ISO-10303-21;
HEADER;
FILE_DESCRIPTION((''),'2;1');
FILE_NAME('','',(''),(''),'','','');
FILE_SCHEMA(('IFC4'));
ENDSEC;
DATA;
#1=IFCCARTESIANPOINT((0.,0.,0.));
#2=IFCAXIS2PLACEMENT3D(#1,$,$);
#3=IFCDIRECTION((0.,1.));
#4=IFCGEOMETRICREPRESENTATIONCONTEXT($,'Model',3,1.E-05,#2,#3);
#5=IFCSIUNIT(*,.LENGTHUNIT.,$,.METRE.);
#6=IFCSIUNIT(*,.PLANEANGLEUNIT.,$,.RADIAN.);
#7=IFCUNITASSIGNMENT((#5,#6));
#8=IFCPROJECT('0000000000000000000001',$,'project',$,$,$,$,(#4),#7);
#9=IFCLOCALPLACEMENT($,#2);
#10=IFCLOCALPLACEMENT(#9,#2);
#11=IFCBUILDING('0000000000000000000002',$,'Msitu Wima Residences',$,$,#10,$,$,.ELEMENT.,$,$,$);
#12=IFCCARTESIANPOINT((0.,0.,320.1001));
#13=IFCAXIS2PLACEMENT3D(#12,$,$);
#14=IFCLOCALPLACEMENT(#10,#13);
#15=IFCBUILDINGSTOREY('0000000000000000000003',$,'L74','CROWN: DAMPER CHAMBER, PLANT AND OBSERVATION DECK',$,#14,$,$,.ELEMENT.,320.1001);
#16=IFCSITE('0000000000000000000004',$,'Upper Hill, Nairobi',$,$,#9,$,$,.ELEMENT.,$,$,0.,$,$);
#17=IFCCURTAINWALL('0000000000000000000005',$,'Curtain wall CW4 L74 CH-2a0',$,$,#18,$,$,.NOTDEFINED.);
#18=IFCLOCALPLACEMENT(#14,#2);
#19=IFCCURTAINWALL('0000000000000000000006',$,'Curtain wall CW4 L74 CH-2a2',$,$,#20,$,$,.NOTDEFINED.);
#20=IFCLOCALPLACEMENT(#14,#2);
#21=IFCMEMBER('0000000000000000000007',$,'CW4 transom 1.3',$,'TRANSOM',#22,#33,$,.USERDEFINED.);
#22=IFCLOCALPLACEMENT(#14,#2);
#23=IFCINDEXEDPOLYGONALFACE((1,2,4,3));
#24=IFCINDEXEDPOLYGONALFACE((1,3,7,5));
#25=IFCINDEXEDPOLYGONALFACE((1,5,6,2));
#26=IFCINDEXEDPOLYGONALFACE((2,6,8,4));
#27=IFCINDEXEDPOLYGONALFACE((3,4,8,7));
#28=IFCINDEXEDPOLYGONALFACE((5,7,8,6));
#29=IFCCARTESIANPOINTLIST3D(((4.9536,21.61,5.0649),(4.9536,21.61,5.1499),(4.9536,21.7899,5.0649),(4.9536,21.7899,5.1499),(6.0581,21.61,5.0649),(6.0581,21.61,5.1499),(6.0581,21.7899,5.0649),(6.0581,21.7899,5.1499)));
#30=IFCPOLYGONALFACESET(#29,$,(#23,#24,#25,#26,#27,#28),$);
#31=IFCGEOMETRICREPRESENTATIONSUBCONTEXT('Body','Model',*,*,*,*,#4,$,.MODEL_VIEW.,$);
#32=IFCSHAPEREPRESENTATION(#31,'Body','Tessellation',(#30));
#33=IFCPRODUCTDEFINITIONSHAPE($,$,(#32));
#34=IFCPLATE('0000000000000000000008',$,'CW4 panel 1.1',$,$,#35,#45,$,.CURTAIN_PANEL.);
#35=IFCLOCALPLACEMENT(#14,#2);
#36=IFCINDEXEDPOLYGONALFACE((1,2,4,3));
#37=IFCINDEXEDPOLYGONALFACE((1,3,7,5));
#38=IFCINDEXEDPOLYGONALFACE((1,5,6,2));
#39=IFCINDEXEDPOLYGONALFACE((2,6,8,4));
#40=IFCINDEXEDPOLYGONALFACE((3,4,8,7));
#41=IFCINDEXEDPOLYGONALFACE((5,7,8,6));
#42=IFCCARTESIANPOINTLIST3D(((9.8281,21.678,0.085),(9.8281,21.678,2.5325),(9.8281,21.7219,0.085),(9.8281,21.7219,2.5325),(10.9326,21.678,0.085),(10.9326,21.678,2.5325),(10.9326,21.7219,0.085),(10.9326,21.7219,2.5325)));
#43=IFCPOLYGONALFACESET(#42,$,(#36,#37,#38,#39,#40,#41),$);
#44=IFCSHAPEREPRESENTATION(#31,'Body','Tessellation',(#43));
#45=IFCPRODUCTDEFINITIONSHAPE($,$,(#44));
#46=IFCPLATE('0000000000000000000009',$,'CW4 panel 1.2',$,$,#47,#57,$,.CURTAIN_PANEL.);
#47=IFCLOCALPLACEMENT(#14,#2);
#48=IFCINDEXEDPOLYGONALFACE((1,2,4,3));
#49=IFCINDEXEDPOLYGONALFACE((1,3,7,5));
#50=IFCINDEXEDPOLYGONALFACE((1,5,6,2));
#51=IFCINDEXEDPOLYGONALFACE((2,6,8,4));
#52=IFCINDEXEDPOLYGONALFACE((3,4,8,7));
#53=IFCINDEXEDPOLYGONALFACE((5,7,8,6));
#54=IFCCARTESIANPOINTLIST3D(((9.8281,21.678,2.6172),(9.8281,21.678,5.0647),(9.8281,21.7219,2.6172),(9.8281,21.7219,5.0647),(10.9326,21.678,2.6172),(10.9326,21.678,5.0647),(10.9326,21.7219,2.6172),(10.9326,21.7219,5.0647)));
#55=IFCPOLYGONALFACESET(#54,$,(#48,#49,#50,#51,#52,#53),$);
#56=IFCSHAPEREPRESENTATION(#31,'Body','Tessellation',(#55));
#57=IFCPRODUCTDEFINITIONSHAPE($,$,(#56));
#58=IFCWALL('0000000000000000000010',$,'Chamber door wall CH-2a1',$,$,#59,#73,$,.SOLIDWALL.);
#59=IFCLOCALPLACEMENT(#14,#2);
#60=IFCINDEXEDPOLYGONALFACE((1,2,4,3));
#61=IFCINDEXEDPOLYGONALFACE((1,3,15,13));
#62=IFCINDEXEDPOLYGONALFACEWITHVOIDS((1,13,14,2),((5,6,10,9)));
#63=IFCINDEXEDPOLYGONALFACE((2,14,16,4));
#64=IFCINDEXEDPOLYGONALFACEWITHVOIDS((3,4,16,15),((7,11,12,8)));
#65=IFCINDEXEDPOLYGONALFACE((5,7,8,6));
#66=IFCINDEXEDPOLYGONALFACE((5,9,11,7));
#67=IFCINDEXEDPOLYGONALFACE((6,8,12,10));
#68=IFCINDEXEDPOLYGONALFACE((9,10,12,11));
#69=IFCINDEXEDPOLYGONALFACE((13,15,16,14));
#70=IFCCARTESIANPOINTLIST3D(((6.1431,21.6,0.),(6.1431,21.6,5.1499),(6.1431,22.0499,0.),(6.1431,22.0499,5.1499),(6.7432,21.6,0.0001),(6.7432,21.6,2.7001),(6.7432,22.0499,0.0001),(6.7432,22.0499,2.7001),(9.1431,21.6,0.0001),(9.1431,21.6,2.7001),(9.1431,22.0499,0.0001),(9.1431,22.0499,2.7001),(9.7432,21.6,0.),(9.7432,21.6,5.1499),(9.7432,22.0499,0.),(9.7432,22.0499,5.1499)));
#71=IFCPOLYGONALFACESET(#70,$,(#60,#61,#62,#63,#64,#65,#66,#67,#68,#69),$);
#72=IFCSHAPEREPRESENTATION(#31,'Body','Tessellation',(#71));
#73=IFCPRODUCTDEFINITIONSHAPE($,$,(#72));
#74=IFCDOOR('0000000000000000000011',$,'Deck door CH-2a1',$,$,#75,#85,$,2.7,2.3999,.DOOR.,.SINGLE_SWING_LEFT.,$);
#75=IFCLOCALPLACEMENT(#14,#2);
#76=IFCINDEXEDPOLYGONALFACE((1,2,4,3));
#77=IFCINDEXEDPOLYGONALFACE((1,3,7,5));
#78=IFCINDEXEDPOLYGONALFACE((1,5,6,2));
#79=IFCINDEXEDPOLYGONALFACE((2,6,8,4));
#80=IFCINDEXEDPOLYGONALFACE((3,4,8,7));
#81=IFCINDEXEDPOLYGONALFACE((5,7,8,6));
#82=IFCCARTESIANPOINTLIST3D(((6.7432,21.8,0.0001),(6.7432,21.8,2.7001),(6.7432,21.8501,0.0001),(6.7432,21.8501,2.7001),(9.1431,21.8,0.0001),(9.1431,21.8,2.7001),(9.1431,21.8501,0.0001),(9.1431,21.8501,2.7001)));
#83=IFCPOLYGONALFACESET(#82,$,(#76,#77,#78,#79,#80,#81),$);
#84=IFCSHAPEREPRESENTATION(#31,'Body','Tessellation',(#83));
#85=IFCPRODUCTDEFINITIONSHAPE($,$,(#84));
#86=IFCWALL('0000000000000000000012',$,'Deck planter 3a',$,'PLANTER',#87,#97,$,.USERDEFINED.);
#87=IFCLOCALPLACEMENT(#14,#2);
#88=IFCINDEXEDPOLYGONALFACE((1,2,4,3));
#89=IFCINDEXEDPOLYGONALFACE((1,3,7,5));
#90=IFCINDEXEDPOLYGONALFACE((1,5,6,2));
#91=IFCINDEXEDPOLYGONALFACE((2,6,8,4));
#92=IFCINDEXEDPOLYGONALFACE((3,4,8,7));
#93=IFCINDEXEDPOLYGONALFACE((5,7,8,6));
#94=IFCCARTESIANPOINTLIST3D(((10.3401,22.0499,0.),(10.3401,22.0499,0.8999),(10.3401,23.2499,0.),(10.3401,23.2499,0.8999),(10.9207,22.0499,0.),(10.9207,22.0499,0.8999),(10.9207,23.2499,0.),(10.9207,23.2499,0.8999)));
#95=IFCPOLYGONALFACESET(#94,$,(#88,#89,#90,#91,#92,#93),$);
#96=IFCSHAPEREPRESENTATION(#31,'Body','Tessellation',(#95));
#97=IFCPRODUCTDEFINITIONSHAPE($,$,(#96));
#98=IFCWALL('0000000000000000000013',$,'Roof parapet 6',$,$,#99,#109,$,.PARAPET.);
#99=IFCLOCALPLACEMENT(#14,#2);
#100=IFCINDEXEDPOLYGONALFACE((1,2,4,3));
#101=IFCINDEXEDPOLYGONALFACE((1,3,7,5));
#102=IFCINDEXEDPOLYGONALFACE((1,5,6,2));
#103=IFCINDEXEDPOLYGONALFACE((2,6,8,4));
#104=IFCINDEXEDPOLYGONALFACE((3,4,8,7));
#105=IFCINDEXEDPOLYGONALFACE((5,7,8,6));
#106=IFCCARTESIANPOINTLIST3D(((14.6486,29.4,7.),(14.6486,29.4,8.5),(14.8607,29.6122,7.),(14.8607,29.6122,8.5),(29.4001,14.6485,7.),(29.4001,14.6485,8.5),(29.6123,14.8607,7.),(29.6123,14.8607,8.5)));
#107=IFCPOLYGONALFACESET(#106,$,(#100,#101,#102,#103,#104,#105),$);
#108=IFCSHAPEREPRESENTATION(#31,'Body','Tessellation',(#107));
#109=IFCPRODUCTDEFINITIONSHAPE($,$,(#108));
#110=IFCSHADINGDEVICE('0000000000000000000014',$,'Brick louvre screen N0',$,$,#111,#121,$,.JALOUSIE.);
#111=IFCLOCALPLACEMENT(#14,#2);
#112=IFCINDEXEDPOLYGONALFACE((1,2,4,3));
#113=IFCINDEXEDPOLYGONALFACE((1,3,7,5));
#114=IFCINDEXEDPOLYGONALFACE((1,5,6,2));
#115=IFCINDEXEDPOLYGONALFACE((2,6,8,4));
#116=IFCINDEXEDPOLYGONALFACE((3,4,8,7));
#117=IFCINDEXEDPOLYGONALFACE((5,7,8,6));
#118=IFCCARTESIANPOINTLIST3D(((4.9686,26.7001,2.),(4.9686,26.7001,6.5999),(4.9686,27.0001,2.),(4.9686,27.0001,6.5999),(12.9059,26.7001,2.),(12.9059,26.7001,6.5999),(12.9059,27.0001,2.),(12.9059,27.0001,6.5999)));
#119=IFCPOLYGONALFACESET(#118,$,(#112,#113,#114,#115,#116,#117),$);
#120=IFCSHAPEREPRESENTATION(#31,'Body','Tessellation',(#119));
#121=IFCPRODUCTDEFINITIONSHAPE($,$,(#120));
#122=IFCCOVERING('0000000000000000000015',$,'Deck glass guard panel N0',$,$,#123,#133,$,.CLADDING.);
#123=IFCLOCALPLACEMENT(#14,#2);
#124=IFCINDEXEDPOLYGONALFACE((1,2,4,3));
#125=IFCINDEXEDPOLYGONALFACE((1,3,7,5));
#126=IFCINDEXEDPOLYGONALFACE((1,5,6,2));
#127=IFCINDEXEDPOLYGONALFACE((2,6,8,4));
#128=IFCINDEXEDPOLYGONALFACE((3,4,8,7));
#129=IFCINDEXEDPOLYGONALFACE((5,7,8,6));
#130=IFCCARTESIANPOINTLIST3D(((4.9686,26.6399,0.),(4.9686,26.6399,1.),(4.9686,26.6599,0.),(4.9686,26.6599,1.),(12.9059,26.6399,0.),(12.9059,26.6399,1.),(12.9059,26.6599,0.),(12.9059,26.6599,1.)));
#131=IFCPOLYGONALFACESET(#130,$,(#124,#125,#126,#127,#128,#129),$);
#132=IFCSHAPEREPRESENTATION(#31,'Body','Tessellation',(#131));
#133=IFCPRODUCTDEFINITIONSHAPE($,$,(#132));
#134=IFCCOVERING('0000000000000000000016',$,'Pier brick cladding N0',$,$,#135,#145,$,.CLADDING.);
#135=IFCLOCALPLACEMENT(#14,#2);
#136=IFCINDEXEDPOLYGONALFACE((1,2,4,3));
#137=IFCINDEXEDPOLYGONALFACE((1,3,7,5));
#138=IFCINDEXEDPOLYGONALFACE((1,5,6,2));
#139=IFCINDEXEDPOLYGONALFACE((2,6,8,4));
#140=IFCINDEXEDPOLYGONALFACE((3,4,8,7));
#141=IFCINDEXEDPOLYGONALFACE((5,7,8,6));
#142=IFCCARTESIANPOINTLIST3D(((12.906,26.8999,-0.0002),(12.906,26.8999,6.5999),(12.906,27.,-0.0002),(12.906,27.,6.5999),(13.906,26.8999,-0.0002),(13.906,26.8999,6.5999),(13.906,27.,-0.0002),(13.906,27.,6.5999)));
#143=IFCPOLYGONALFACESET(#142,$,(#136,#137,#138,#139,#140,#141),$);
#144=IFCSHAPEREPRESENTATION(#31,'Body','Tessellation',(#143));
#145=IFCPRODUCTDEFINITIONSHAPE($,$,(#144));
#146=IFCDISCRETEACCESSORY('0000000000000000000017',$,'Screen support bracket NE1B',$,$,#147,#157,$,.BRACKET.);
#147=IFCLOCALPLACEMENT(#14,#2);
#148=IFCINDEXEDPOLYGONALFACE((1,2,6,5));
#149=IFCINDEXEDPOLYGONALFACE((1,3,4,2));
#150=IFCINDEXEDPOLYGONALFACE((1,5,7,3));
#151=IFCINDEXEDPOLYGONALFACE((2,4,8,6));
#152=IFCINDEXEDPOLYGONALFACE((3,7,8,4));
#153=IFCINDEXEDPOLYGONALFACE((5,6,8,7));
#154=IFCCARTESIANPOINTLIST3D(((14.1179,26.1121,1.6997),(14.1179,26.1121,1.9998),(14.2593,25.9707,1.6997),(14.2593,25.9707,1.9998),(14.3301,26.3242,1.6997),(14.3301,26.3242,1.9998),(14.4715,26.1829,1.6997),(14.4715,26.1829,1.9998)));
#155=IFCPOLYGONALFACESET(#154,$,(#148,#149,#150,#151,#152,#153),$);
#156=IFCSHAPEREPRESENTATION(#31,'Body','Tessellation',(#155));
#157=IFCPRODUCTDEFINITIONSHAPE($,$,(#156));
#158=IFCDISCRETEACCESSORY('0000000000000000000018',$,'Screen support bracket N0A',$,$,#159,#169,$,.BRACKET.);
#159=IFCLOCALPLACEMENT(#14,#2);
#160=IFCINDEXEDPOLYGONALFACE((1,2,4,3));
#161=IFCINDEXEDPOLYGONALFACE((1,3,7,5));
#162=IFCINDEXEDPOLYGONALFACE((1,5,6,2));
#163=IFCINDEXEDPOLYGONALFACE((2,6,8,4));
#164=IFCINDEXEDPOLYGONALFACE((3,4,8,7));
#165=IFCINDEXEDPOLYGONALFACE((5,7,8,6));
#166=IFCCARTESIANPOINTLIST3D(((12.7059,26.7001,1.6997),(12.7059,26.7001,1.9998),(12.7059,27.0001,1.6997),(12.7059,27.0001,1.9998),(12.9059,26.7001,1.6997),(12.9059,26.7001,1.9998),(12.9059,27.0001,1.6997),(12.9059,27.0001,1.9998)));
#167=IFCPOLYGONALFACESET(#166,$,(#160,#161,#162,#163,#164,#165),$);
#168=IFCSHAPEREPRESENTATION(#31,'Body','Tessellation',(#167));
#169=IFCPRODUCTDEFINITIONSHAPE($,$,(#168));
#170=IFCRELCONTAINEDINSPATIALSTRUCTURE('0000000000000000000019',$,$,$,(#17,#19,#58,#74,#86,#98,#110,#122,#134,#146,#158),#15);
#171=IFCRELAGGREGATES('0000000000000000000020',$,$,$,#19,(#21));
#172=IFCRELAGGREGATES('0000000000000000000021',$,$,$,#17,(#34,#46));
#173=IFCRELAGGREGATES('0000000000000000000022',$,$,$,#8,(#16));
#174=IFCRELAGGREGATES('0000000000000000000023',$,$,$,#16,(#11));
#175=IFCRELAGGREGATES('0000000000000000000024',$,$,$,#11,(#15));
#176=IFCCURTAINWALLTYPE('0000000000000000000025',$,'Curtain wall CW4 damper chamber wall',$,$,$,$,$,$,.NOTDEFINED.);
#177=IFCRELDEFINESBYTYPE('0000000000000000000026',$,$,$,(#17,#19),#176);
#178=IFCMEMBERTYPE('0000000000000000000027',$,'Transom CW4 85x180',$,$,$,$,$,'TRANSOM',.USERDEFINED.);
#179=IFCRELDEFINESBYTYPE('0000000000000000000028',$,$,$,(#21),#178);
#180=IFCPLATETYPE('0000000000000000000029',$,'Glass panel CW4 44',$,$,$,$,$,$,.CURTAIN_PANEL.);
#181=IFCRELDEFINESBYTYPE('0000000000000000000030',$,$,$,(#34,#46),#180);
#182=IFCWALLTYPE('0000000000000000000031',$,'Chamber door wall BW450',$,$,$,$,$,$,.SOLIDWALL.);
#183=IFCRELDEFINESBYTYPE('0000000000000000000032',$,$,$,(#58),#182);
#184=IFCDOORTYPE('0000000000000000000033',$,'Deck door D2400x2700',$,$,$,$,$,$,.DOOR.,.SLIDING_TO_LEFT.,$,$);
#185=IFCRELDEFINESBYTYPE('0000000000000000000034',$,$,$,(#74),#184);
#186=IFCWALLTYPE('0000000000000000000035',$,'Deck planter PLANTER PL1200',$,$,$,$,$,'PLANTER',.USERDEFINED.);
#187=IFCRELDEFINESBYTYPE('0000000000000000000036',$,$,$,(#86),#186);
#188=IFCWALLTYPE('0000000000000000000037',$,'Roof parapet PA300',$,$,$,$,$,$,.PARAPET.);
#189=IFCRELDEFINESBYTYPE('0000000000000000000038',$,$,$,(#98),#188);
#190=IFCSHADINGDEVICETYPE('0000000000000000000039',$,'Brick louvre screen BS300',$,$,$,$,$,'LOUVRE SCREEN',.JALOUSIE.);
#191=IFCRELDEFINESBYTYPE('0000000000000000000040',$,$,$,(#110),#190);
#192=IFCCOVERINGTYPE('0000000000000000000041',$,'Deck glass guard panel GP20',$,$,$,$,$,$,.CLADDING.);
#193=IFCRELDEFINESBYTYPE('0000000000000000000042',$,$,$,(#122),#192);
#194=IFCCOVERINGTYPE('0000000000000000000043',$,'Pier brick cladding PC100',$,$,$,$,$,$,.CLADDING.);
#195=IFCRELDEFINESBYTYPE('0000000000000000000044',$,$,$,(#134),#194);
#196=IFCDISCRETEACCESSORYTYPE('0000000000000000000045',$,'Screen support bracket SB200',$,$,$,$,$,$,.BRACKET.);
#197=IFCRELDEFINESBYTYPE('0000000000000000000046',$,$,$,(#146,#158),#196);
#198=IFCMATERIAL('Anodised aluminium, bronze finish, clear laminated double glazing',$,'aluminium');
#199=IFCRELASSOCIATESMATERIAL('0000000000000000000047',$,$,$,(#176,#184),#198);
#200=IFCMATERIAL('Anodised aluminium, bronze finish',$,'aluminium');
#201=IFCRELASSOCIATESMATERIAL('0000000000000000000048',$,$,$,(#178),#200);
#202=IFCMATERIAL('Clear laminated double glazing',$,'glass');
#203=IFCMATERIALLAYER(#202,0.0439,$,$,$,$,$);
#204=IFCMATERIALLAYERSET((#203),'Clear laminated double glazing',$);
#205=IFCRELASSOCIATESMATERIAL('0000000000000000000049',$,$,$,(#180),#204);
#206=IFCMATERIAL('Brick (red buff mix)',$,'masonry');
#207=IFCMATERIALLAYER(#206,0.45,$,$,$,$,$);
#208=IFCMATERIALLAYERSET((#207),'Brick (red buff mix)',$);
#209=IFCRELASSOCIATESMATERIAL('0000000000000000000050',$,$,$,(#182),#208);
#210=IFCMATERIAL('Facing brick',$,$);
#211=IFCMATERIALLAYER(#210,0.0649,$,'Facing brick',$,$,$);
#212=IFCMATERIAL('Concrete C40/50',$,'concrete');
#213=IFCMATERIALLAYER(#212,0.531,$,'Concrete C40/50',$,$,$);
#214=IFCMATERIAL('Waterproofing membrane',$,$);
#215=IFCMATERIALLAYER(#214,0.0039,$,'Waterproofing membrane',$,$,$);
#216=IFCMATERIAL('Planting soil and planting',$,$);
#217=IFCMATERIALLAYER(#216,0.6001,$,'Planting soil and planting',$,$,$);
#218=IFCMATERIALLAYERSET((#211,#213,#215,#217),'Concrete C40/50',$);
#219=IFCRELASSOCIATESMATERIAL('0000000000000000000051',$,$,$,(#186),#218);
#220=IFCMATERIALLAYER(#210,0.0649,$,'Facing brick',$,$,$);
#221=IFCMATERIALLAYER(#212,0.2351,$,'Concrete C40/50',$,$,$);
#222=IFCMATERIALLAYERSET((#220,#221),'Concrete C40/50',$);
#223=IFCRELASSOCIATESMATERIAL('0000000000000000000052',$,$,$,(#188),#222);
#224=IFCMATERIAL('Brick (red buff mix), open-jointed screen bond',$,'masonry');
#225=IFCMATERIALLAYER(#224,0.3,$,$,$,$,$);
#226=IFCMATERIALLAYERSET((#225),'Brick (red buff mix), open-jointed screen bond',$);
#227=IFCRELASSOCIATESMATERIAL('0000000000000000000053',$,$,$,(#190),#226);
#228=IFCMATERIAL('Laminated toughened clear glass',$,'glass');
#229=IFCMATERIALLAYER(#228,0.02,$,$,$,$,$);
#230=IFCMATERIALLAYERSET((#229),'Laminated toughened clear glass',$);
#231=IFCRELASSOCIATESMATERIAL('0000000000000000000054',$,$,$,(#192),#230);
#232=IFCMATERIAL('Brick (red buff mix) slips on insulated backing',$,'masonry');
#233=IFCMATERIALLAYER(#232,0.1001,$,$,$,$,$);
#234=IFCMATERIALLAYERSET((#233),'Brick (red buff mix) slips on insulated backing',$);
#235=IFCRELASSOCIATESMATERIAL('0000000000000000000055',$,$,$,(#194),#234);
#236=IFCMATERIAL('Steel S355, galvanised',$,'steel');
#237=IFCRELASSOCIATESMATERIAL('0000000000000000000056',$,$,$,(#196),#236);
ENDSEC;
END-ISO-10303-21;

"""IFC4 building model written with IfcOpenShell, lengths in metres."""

from ifc_helpers import new_model, si_unit, direction, frame, frame_2d, origin, origin_2d, place, context, subcontext, project, spatial, rectangle, extrude, material, layer, layer_set, material_profile, profile_set, type_object, element, fill, aggregate, save


model = new_model("IFC4")

# Units and contexts
model_context = context("Model", 3, precision=1e-05, world=origin(), true_north=direction((0.0, 1.0)))
body_context = subcontext(model_context, "Body", "Model", "MODEL_VIEW")
ifc_project = project(units=[si_unit("LENGTHUNIT", "METRE"), si_unit("PLANEANGLEUNIT", "RADIAN")], contexts=[model_context])

# Site, building, storey
site_placement = place(None, origin())
site = spatial("IfcSite", under=ifc_project, at=site_placement, Name="Upper Hill, Nairobi", CompositionType="ELEMENT", RefElevation=0.0)
building_placement = place(site_placement, origin())
building = spatial("IfcBuilding", under=site, at=building_placement, Name="Msitu Wima Residences", CompositionType="ELEMENT")
storey_placement = place(building_placement, frame((0.0, 0.0, 320.1001)))
storey = spatial("IfcBuildingStorey", under=building, at=storey_placement, Name="L74", Description="CROWN: DAMPER CHAMBER, PLANT AND OBSERVATION DECK", CompositionType="ELEMENT", Elevation=320.1001)

# Curtain wall
ifc_material_1 = material(Name="Anodised aluminium, bronze finish, clear laminated double glazing", Category="aluminium")
curtain_wall_type = type_object("IfcCurtainWallType", Name="Curtain wall CW4 damper chamber wall", PredefinedType="NOTDEFINED", material=ifc_material_1)
curtain_wall_1_placement = place(storey_placement, origin())
curtain_wall_1 = element("IfcCurtainWall", 1, at=curtain_wall_1_placement, inside=storey, type_object=curtain_wall_type, Name="Curtain wall CW4 L74 CH-2a0", PredefinedType="NOTDEFINED")
ifc_material_2 = material(Name="Anodised aluminium, bronze finish", Category="aluminium")

# Curtain wall
curtain_wall_2_placement = place(storey_placement, origin())
curtain_wall_2 = element("IfcCurtainWall", 2, at=curtain_wall_2_placement, inside=storey, type_object=curtain_wall_type, Name="Curtain wall CW4 L74 CH-2a2", PredefinedType="NOTDEFINED")

# Member
ifc_material_profile_1 = material_profile(ifc_material_2, rectangle(XDim=0.1799, YDim=0.085, at=origin_2d()), Name="Transom 85x180")
ifc_profile_set_1 = profile_set([ifc_material_profile_1], Name="Anodised aluminium, bronze finish")
member_type_1 = type_object("IfcMemberType", Name="Transom CW4 85x180", ElementType="TRANSOM", PredefinedType="USERDEFINED", material=ifc_profile_set_1)
member_1_placement = place(storey_placement, frame((6.0581, 21.7, 5.1074), z_axis=(-1.0, 0.0, 0.0), x_axis=(0.0, -1.0, 0.0)))
member_1 = element("IfcMember", 3, at=member_1_placement, type_object=member_type_1, Name="CW4 transom 1.3", ObjectType="TRANSOM", PredefinedType="USERDEFINED", context=body_context, shape_type="SweptSolid", body=[
    extrude(rectangle(XDim=0.1799, YDim=0.085, at=origin_2d()), origin(), (0.0, 0.0, 1.0), 1.1045),
])
aggregate(curtain_wall_2, [member_1])

# Plates
ifc_material_3 = material(Name="Clear laminated double glazing", Category="glass")
ifc_layer_1 = layer(ifc_material_3, 0.0439)
ifc_layer_set_1 = layer_set([ifc_layer_1], Name="Clear laminated double glazing")
plate_type = type_object("IfcPlateType", Name="Glass panel CW4 44", PredefinedType="CURTAIN_PANEL", material=ifc_layer_set_1)
plate_1_placement = place(storey_placement, frame((10.3804, 21.7, 0.085), z_axis=(0.0, 0.0, 1.0), x_axis=(-1.0, 0.0, 0.0)))
plate_1 = element("IfcPlate", 4, at=plate_1_placement, type_object=plate_type, Name="CW4 panel 1.1", PredefinedType="CURTAIN_PANEL", context=body_context, shape_type="SweptSolid", body=[
    extrude(rectangle(XDim=1.1045, YDim=0.0439, at=origin_2d()), origin(), (0.0, 0.0, 1.0), 2.4475),
])
plate_2_placement = place(storey_placement, frame((10.3804, 21.7, 2.6172), z_axis=(0.0, 0.0, 1.0), x_axis=(-1.0, 0.0, 0.0)))
plate_2 = element("IfcPlate", 5, at=plate_2_placement, type_object=plate_type, Name="CW4 panel 1.2", PredefinedType="CURTAIN_PANEL", context=body_context, shape_type="SweptSolid", body=[
    extrude(rectangle(XDim=1.1045, YDim=0.0439, at=origin_2d()), origin(), (0.0, 0.0, 1.0), 2.4475),
])
aggregate(curtain_wall_1, [plate_1, plate_2])

# Wall, opening, door
ifc_material_4 = material(Name="Brick (red buff mix)", Category="masonry")
ifc_layer_2 = layer(ifc_material_4, 0.45)
ifc_layer_set_2 = layer_set([ifc_layer_2], Name="Brick (red buff mix)")
wall_type_1 = type_object("IfcWallType", Name="Chamber door wall BW450", PredefinedType="SOLIDWALL", material=ifc_layer_set_2)
wall_1_placement = place(storey_placement, frame((9.7432, 21.825, 0.0), z_axis=(0.0, 0.0, 1.0), x_axis=(-1.0, 0.0, 0.0)))
wall_1 = element("IfcWall", 6, at=wall_1_placement, inside=storey, type_object=wall_type_1, Name="Chamber door wall CH-2a1", PredefinedType="SOLIDWALL", context=body_context, shape_type="SweptSolid", body=[
    extrude(rectangle(XDim=3.6001, YDim=0.45, at=frame_2d((1.8, 0.0))), origin(), (0.0, 0.0, 1.0), 5.1499),
])
opening_placement = place(wall_1_placement, frame((0.6001, 0.0, 0.0)))
opening = element("IfcOpeningElement", 7, at=opening_placement, cuts=wall_1, PredefinedType="OPENING", context=body_context, shape_type="SweptSolid", body=[
    extrude(rectangle(XDim=2.3999, YDim=2.7, at=frame_2d((1.2, 1.3501))), frame((0.0, 0.2349, 0.0), z_axis=(0.0, -1.0, 0.0), x_axis=(1.0, 0.0, 0.0)), (0.0, 0.0, 1.0), 0.47),
])
door_type = type_object("IfcDoorType", Name="Deck door D2400x2700", OperationType="SLIDING_TO_LEFT", PredefinedType="DOOR", material=ifc_material_1)
door_placement = place(opening_placement, origin())
door = element("IfcDoor", 8, at=door_placement, inside=storey, type_object=door_type, Name="Deck door CH-2a1", OperationType="SINGLE_SWING_LEFT", OverallHeight=2.7, OverallWidth=2.3999, PredefinedType="DOOR", context=body_context, shape_type="SweptSolid", body=[
    extrude(rectangle(XDim=2.3999, YDim=2.7, at=frame_2d((1.2, 1.3501))), frame((0.0, 0.0249, 0.0), z_axis=(0.0, -1.0, 0.0), x_axis=(1.0, 0.0, 0.0)), (0.0, 0.0, 1.0), 0.05),
])
fill(opening, door)

# Walls
ifc_material_5 = material(Name="Facing brick")
ifc_layer_3 = layer(ifc_material_5, 0.0649, Name="Facing brick")
ifc_material_6 = material(Name="Concrete C40/50", Category="concrete")
ifc_layer_4 = layer(ifc_material_6, 0.531, Name="Concrete C40/50")
ifc_material_7 = material(Name="Waterproofing membrane")
ifc_layer_5 = layer(ifc_material_7, 0.0039, Name="Waterproofing membrane")
ifc_material_8 = material(Name="Planting soil and planting")
ifc_layer_6 = layer(ifc_material_8, 0.6001, Name="Planting soil and planting")
ifc_layer_set_3 = layer_set([ifc_layer_3, ifc_layer_4, ifc_layer_5, ifc_layer_6], Name="Concrete C40/50")
wall_type_2 = type_object("IfcWallType", Name="Deck planter PLANTER PL1200", ElementType="PLANTER", PredefinedType="USERDEFINED", material=ifc_layer_set_3)
wall_2_placement = place(storey_placement, frame((10.9207, 22.6499, 0.0), z_axis=(0.0, 0.0, 1.0), x_axis=(-1.0, 0.0, 0.0)))
element("IfcWall", 9, at=wall_2_placement, inside=storey, type_object=wall_type_2, Name="Deck planter 3a", ObjectType="PLANTER", PredefinedType="USERDEFINED", context=body_context, shape_type="SweptSolid", body=[
    extrude(rectangle(XDim=0.5806, YDim=1.2, at=frame_2d((0.2903, 0.0))), origin(), (0.0, 0.0, 1.0), 0.8999),
])
ifc_layer_7 = layer(ifc_material_5, 0.0649, Name="Facing brick")
ifc_layer_8 = layer(ifc_material_6, 0.2351, Name="Concrete C40/50")
ifc_layer_set_4 = layer_set([ifc_layer_7, ifc_layer_8], Name="Concrete C40/50")
wall_type_3 = type_object("IfcWallType", Name="Roof parapet PA300", PredefinedType="PARAPET", material=ifc_layer_set_4)
wall_3_placement = place(storey_placement, frame((14.7546, 29.5061, 7.0), z_axis=(0.0, 0.0, 1.0), x_axis=(0.707107, -0.707107, 0.0)))
element("IfcWall", 10, at=wall_3_placement, inside=storey, type_object=wall_type_3, Name="Roof parapet 6", PredefinedType="PARAPET", context=body_context, shape_type="SweptSolid", body=[
    extrude(rectangle(XDim=20.8618, YDim=0.3, at=frame_2d((10.4309, 0.0))), origin(), (0.0, 0.0, 1.0), 1.5),
])

# Shading device
ifc_material_9 = material(Name="Brick (red buff mix), open-jointed screen bond", Category="masonry")
ifc_layer_9 = layer(ifc_material_9, 0.3)
ifc_layer_set_5 = layer_set([ifc_layer_9], Name="Brick (red buff mix), open-jointed screen bond")
shading_device_type = type_object("IfcShadingDeviceType", Name="Brick louvre screen BS300", ElementType="LOUVRE SCREEN", PredefinedType="JALOUSIE", material=ifc_layer_set_5)
shading_device_placement = place(storey_placement, frame((12.906, 26.8501, 2.0), z_axis=(0.0, 0.0, 1.0), x_axis=(-1.0, 0.0, 0.0)))
element("IfcShadingDevice", 11, at=shading_device_placement, inside=storey, type_object=shading_device_type, Name="Brick louvre screen N0", PredefinedType="JALOUSIE", context=body_context, shape_type="SweptSolid", body=[
    extrude(rectangle(XDim=7.9373, YDim=0.3, at=frame_2d((3.9688, 0.0))), origin(), (0.0, 0.0, 1.0), 4.5999),
])

# Coverings
ifc_material_10 = material(Name="Laminated toughened clear glass", Category="glass")
ifc_layer_10 = layer(ifc_material_10, 0.02)
ifc_layer_set_6 = layer_set([ifc_layer_10], Name="Laminated toughened clear glass")
covering_type_1 = type_object("IfcCoveringType", Name="Deck glass guard panel GP20", PredefinedType="CLADDING", material=ifc_layer_set_6)
covering_1_placement = place(storey_placement, frame((8.9373, 26.6499, 0.0), z_axis=(0.0, 0.0, 1.0), x_axis=(-1.0, 0.0, 0.0)))
element("IfcCovering", 12, at=covering_1_placement, inside=storey, type_object=covering_type_1, Name="Deck glass guard panel N0", PredefinedType="CLADDING", context=body_context, shape_type="SweptSolid", body=[
    extrude(rectangle(XDim=7.9373, YDim=0.02, at=origin_2d()), origin(), (0.0, 0.0, 1.0), 1.0),
])
ifc_material_11 = material(Name="Brick (red buff mix) slips on insulated backing", Category="masonry")
ifc_layer_11 = layer(ifc_material_11, 0.1001)
ifc_layer_set_7 = layer_set([ifc_layer_11], Name="Brick (red buff mix) slips on insulated backing")
covering_type_2 = type_object("IfcCoveringType", Name="Pier brick cladding PC100", PredefinedType="CLADDING", material=ifc_layer_set_7)
covering_2_placement = place(storey_placement, frame((13.406, 26.95, -0.0002), z_axis=(0.0, 0.0, 1.0), x_axis=(-1.0, 0.0, 0.0)))
element("IfcCovering", 13, at=covering_2_placement, inside=storey, type_object=covering_type_2, Name="Pier brick cladding N0", PredefinedType="CLADDING", context=body_context, shape_type="SweptSolid", body=[
    extrude(rectangle(XDim=1.0, YDim=0.1001, at=origin_2d()), origin(), (0.0, 0.0, 1.0), 6.6001),
])

# Discrete accessories
ifc_material_12 = material(Name="Steel S355, galvanised", Category="steel")
discrete_accessory_type = type_object("IfcDiscreteAccessoryType", Name="Screen support bracket SB200", PredefinedType="BRACKET", material=ifc_material_12)
for number, where, z_axis, x_axis, name in (
    (14, (14.2947, 26.1475, 1.6997), (0.0, 0.0, 1.0), (-0.707107, 0.707107, 0.0), "Screen support bracket NE1B"),
    (15, (12.8059, 26.8501, 1.6997), (0.0, 0.0, 1.0), (-1.0, 0.0, 0.0), "Screen support bracket N0A"),
):
    element("IfcDiscreteAccessory", number, at=place(storey_placement, frame(where, z_axis=z_axis, x_axis=x_axis)), inside=storey, type_object=discrete_accessory_type, Name=name, PredefinedType="BRACKET", context=body_context, shape_type="SweptSolid", body=[
        extrude(rectangle(XDim=0.2, YDim=0.3, at=origin_2d()), origin(), (0.0, 0.0, 1.0), 0.3),
    ])

save(model, "model.ifc")
